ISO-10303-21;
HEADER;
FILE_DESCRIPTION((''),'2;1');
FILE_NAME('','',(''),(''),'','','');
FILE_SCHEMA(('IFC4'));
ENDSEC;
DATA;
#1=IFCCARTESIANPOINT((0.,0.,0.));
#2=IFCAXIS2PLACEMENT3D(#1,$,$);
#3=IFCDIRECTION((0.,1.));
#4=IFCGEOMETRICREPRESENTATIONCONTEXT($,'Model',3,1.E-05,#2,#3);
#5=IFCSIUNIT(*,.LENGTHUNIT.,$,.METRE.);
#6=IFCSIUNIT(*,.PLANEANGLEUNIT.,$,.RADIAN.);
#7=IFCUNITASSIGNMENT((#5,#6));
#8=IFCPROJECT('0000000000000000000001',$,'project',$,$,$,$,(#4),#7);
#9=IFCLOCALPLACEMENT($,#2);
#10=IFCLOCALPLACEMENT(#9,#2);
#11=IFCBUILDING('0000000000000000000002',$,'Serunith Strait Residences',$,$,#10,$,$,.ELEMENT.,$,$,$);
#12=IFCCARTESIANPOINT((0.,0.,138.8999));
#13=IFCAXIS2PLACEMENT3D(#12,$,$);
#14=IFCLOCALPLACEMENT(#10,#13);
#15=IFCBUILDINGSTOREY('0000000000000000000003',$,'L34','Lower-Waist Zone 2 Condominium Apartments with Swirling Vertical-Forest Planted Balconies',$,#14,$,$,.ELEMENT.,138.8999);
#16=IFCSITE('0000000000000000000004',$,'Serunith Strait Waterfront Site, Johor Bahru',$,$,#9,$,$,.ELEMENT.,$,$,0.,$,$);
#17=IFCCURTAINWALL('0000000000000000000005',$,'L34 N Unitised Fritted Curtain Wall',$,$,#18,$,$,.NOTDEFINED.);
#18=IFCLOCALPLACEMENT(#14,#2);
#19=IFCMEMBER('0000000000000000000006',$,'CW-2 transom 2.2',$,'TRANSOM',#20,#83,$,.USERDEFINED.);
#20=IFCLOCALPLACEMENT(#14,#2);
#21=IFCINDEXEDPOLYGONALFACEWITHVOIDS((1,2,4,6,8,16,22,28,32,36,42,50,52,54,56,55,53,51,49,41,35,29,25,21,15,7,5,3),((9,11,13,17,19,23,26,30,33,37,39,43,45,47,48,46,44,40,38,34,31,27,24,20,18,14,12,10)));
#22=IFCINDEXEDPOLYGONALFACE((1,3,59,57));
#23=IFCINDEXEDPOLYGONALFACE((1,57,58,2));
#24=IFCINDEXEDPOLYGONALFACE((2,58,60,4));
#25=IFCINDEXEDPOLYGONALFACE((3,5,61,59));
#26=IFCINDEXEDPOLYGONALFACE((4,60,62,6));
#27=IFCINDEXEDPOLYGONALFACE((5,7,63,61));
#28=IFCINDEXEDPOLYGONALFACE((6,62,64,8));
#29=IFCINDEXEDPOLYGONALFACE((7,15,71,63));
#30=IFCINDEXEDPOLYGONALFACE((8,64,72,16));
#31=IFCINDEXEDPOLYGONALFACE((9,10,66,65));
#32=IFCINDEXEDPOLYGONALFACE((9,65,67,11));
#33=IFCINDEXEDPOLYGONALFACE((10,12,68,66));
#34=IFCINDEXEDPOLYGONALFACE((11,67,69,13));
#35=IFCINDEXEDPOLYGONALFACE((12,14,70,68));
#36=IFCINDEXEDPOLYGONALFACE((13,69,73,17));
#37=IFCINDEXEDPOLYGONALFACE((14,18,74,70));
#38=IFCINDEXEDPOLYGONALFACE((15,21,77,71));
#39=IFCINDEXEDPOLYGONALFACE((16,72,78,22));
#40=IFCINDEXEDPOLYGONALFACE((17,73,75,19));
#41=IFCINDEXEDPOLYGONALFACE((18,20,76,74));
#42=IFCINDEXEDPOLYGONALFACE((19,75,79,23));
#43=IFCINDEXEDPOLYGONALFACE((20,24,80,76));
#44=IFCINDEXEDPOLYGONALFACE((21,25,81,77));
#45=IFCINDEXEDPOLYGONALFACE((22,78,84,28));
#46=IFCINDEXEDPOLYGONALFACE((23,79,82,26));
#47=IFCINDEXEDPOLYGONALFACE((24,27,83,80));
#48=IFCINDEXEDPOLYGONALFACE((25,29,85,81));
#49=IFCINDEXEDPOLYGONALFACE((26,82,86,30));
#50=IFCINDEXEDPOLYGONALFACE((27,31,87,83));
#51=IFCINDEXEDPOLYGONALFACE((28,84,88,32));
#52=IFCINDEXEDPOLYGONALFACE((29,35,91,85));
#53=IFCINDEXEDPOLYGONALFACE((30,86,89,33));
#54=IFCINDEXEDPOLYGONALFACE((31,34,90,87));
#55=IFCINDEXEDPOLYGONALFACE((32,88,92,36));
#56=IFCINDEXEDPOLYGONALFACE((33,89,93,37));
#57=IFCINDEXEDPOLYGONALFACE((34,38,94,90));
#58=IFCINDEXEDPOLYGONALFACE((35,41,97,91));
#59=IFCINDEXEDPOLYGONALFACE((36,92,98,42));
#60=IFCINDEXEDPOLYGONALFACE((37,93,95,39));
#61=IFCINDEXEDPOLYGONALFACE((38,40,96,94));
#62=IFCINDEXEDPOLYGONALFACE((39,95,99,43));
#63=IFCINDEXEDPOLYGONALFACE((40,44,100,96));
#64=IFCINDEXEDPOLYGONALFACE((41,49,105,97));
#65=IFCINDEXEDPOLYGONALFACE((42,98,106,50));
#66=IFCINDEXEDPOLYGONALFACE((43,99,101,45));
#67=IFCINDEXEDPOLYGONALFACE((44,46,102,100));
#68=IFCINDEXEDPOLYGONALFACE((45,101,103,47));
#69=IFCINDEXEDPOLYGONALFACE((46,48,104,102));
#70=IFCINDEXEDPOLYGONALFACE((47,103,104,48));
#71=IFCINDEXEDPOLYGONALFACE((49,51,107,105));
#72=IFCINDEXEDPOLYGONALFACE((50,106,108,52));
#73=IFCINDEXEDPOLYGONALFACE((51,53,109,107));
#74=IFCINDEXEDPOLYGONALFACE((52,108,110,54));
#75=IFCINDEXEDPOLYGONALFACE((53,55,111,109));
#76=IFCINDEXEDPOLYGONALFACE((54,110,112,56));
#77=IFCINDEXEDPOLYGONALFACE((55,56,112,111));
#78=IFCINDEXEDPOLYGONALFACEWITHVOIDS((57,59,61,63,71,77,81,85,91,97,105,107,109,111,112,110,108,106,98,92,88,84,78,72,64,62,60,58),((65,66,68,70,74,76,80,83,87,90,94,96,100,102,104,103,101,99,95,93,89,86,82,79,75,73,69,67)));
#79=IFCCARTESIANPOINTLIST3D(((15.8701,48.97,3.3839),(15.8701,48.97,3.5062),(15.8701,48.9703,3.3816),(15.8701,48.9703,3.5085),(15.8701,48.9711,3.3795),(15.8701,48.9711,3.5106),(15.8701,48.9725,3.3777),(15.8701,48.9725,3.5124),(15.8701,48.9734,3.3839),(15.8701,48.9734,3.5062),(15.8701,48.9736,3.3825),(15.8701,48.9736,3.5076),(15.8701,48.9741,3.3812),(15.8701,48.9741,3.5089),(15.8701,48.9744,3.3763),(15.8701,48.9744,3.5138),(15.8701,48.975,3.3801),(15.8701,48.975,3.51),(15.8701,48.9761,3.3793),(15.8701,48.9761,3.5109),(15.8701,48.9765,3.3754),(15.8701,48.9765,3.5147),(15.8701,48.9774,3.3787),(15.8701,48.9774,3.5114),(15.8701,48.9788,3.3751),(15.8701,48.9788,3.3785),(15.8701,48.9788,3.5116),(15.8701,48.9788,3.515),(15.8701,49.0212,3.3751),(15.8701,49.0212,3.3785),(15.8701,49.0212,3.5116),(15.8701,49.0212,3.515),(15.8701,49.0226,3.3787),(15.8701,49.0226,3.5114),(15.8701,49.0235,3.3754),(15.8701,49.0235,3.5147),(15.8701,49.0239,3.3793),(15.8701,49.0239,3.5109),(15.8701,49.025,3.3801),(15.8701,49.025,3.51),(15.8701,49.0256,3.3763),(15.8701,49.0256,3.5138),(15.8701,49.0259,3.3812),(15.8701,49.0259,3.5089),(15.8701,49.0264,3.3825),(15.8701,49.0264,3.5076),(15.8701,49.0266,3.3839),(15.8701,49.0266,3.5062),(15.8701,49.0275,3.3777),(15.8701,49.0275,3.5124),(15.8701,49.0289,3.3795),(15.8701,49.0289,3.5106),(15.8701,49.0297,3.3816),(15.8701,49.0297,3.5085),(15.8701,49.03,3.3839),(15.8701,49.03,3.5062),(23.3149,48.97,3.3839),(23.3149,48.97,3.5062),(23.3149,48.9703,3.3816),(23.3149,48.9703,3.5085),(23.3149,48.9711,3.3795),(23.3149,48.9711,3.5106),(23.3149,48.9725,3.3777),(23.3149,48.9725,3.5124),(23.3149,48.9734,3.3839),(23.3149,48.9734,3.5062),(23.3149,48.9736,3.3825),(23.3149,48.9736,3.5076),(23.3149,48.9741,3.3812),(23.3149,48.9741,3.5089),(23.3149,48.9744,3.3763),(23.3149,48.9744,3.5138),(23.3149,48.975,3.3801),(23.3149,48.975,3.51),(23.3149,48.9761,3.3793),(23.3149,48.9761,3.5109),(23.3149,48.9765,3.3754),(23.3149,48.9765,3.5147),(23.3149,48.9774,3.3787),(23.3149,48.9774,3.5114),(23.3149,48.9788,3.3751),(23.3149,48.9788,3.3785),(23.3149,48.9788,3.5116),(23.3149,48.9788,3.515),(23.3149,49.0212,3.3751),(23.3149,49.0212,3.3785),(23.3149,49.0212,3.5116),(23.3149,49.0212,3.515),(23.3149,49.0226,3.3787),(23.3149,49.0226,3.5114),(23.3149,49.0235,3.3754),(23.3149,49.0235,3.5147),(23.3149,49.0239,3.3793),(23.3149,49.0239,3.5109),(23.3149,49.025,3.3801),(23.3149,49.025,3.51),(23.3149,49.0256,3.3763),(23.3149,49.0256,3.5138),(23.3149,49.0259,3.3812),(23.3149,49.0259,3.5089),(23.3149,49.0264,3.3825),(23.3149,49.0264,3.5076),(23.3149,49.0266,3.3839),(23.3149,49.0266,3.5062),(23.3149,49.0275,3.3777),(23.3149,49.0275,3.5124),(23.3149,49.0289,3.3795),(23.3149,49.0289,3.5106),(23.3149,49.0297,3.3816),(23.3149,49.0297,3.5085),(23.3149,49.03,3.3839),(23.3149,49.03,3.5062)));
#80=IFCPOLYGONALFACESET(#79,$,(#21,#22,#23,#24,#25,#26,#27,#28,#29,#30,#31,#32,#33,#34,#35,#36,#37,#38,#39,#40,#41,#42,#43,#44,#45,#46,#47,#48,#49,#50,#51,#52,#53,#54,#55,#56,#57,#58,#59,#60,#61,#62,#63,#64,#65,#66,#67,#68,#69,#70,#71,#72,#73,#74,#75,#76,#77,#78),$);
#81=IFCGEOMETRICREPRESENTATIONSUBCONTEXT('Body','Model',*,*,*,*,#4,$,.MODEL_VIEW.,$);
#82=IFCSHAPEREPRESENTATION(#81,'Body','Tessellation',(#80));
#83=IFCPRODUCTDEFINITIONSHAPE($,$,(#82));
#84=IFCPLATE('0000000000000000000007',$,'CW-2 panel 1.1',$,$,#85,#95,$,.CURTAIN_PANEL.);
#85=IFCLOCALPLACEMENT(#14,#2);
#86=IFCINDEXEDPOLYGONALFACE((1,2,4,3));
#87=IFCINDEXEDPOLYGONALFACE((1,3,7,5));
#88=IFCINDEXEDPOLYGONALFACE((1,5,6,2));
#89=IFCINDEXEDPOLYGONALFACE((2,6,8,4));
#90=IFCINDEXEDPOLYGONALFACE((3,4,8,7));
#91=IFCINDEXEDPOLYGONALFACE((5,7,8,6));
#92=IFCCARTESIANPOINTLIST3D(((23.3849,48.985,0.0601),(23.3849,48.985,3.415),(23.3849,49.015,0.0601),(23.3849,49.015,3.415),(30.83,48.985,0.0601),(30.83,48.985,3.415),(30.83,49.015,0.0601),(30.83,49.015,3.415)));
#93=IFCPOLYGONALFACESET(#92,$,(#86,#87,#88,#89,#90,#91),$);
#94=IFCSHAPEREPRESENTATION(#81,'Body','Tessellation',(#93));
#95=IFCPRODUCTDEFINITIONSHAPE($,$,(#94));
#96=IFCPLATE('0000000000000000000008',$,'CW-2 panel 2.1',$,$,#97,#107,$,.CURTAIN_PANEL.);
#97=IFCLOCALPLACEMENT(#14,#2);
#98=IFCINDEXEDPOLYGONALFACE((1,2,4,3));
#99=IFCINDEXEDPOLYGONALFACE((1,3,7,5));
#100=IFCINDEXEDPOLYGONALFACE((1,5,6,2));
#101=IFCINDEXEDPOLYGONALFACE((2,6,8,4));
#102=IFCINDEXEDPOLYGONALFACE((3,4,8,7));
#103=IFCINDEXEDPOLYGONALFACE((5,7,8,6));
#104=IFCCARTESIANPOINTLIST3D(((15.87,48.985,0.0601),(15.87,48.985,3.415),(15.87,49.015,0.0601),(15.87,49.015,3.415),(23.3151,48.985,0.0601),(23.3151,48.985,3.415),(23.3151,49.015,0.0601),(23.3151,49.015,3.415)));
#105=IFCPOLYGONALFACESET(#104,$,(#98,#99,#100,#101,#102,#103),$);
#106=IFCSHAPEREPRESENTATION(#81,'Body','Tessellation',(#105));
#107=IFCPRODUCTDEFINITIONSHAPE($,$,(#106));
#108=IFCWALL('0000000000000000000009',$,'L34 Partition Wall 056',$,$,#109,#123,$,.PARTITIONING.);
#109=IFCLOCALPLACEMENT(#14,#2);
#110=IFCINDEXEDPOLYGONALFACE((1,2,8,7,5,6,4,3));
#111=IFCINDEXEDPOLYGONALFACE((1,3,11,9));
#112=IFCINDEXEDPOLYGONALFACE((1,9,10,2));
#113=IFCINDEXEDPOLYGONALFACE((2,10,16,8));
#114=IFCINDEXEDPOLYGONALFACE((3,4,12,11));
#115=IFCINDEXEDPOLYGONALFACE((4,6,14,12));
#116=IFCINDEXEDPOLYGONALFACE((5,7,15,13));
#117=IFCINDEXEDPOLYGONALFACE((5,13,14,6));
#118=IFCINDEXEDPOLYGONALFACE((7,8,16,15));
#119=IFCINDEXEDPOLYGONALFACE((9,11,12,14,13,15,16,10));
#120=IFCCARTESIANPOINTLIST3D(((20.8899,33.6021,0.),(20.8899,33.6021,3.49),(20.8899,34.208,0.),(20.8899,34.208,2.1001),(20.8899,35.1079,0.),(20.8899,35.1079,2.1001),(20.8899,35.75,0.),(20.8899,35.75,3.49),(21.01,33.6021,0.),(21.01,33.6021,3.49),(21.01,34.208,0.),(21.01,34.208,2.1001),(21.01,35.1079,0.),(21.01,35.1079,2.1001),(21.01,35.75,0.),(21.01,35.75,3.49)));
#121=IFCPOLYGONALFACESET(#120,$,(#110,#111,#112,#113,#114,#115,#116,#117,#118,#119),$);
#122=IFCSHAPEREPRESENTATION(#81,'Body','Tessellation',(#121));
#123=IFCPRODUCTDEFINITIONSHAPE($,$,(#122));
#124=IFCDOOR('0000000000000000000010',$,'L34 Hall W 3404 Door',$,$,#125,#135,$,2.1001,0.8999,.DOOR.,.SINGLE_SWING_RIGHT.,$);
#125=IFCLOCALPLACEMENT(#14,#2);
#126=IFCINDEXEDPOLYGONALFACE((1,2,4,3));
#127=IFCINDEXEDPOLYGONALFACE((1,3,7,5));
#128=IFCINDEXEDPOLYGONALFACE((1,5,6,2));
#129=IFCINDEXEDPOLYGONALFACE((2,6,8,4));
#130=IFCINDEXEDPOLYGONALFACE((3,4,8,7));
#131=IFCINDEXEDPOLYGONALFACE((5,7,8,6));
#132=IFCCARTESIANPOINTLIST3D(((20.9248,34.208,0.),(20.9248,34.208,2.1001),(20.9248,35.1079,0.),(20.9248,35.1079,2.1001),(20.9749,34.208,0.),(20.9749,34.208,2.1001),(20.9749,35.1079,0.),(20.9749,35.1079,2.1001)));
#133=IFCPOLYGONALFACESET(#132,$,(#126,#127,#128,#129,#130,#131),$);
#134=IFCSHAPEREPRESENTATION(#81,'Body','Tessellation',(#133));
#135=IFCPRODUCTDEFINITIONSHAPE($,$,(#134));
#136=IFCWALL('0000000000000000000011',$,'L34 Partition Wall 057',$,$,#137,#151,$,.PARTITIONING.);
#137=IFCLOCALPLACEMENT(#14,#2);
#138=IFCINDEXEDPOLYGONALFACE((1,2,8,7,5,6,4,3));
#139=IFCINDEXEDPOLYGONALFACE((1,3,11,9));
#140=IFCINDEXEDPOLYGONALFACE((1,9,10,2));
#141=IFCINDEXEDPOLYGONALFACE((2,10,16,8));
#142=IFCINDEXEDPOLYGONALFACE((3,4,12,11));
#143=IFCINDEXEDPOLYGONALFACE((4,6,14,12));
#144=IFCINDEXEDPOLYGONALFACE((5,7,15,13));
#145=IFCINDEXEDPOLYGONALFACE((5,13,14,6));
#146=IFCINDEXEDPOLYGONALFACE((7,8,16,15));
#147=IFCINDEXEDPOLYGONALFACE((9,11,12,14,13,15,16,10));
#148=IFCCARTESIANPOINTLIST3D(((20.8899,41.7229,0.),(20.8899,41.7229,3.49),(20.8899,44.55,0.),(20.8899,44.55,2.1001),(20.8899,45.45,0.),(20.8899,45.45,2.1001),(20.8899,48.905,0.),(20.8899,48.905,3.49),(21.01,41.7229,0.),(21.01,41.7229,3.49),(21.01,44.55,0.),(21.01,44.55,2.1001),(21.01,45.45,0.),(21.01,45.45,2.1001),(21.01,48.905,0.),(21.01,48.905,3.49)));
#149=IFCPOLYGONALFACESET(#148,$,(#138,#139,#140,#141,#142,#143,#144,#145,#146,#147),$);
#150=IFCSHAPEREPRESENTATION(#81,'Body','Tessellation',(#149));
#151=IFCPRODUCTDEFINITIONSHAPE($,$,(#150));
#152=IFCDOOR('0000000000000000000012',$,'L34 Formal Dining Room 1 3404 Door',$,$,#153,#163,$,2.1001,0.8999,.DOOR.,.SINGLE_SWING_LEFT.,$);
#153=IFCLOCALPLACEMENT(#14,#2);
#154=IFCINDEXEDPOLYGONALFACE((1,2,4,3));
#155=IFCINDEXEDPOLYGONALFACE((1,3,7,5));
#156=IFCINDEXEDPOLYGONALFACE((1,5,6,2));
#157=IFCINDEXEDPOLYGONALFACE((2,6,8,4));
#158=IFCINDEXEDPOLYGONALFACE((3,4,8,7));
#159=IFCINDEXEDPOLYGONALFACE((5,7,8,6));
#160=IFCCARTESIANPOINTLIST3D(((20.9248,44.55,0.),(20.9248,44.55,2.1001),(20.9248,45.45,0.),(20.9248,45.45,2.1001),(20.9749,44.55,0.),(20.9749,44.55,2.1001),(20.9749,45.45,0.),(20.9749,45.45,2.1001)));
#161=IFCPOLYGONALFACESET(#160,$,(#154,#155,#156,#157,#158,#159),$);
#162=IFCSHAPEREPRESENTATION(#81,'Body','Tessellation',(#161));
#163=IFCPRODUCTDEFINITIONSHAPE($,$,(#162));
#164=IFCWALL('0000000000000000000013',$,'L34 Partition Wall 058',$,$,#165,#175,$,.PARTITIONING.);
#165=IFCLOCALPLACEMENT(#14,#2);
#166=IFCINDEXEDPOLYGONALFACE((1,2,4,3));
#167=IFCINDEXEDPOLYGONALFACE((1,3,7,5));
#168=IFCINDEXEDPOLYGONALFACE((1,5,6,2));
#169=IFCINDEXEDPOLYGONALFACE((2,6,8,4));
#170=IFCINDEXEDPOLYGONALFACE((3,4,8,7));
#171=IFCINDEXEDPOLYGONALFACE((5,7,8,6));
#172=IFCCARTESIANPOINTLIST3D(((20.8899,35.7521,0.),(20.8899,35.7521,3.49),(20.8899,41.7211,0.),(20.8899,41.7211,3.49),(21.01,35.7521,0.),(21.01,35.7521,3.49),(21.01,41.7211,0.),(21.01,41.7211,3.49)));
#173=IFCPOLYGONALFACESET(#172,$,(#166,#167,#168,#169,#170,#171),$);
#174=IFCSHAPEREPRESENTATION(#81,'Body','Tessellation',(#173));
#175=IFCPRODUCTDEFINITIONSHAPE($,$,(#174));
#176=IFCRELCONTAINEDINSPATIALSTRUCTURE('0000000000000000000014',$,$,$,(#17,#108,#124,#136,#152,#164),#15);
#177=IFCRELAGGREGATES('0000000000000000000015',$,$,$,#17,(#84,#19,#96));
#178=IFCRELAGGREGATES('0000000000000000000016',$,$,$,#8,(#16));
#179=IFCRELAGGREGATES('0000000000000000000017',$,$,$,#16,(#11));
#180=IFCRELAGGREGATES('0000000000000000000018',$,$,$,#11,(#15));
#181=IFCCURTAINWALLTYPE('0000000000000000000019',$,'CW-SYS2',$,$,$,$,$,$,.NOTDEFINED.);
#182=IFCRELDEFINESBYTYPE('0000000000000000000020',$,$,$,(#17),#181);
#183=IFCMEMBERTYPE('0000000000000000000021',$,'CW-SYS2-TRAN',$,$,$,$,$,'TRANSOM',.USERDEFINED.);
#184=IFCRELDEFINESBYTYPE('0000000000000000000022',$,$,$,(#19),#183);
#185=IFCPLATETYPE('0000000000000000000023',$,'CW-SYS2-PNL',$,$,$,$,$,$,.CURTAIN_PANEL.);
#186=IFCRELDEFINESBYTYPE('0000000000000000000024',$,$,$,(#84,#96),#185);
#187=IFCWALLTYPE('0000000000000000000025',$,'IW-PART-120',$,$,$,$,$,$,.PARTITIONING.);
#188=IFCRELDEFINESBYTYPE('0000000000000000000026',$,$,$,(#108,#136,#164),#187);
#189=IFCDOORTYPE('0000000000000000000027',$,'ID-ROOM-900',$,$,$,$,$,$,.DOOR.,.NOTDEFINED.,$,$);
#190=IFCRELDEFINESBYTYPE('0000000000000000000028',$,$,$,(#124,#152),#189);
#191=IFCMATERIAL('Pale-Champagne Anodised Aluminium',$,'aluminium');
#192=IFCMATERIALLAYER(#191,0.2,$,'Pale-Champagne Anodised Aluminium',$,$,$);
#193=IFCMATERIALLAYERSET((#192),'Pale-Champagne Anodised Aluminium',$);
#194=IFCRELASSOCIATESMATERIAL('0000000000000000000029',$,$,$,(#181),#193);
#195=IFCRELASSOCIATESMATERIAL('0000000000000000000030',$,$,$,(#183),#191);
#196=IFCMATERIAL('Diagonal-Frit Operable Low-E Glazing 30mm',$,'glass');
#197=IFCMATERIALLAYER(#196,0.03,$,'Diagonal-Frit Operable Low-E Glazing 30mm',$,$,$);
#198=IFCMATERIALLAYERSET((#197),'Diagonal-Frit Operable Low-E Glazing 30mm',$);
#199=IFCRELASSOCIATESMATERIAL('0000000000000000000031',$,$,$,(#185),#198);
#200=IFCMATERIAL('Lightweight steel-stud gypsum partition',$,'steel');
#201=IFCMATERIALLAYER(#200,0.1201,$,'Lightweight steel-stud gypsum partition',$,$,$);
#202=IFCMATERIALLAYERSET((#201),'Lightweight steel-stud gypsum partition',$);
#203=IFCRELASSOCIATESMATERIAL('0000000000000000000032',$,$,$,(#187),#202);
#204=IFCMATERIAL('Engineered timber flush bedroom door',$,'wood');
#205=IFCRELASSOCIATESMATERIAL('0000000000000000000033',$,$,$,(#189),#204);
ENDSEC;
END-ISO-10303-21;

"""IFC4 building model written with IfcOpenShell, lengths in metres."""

from ifc_helpers import new_model, si_unit, direction, frame, frame_2d, origin, origin_2d, place, context, subcontext, project, spatial, rectangle, hollow_rectangle, extrude, source, transform, mapped, material, layer, layer_set, material_profile, profile_set, type_object, element, fill, aggregate, save


model = new_model("IFC4")

# Units and contexts
model_context = context("Model", 3, precision=1e-05, world=origin(), true_north=direction((0.0, 1.0)))
body_context = subcontext(model_context, "Body", "Model", "MODEL_VIEW")
ifc_project = project(units=[si_unit("LENGTHUNIT", "METRE"), si_unit("PLANEANGLEUNIT", "RADIAN")], contexts=[model_context])

# Site, building, storey
site_placement = place(None, origin())
site = spatial("IfcSite", under=ifc_project, at=site_placement, Name="Serunith Strait Waterfront Site, Johor Bahru", CompositionType="ELEMENT", RefElevation=0.0)
building_placement = place(site_placement, origin())
building = spatial("IfcBuilding", under=site, at=building_placement, Name="Serunith Strait Residences", CompositionType="ELEMENT")
storey_placement = place(building_placement, frame((0.0, 0.0, 138.8999)))
storey = spatial("IfcBuildingStorey", under=building, at=storey_placement, Name="L34", Description="Lower-Waist Zone 2 Condominium Apartments with Swirling Vertical-Forest Planted Balconies", CompositionType="ELEMENT", Elevation=138.8999)

# Curtain wall, member, plates
ifc_material_1 = material(Name="Pale-Champagne Anodised Aluminium", Category="aluminium")
ifc_layer_1 = layer(ifc_material_1, 0.2, Name="Pale-Champagne Anodised Aluminium")
ifc_layer_set_1 = layer_set([ifc_layer_1], Name="Pale-Champagne Anodised Aluminium")
curtain_wall_type = type_object("IfcCurtainWallType", Name="CW-SYS2", PredefinedType="NOTDEFINED", material=ifc_layer_set_1)
curtain_wall_placement = place(storey_placement, origin())
curtain_wall = element("IfcCurtainWall", 1, at=curtain_wall_placement, inside=storey, type_object=curtain_wall_type, Name="L34 N Unitised Fritted Curtain Wall", PredefinedType="NOTDEFINED")
ifc_material_profile_1 = material_profile(ifc_material_1, hollow_rectangle(XDim=0.0601, YDim=0.1399, WallThickness=0.0034, InnerFilletRadius=0.0054, OuterFilletRadius=0.0088, at=origin_2d()), Name="ALU 140x60x3.5")
ifc_profile_set_1 = profile_set([ifc_material_profile_1], Name="Pale-Champagne Anodised Aluminium")
member_type_1 = type_object("IfcMemberType", Name="CW-SYS2-TRAN", ElementType="TRANSOM", PredefinedType="USERDEFINED", material=ifc_profile_set_1)
shared_shape_1 = source(origin(), body_context, "Body", "SweptSolid", [
    extrude(hollow_rectangle(XDim=0.0601, YDim=0.1399, WallThickness=0.0034, InnerFilletRadius=0.0054, OuterFilletRadius=0.0088, at=origin_2d()), origin(), (0.0, 0.0, 1.0), 7.4448),
])
member_1_placement = place(storey_placement, frame((23.3149, 49.0, 3.4451), z_axis=(-1.0, 0.0, 0.0), x_axis=(0.0, -1.0, 0.0)))
member_1 = element("IfcMember", 2, at=member_1_placement, type_object=member_type_1, Name="CW-2 transom 2.2", ObjectType="TRANSOM", PredefinedType="USERDEFINED", context=body_context, shape_type="MappedRepresentation", body=[
    mapped(shared_shape_1, transform((0.0, 0.0, 0.0), scale=1.0)),
])
ifc_material_2 = material(Name="Diagonal-Frit Operable Low-E Glazing 30mm", Category="glass")
ifc_layer_2 = layer(ifc_material_2, 0.03, Name="Diagonal-Frit Operable Low-E Glazing 30mm")
ifc_layer_set_2 = layer_set([ifc_layer_2], Name="Diagonal-Frit Operable Low-E Glazing 30mm")
plate_type = type_object("IfcPlateType", Name="CW-SYS2-PNL", PredefinedType="CURTAIN_PANEL", material=ifc_layer_set_2)
shared_shape_2 = source(origin(), body_context, "Body", "SweptSolid", [
    extrude(rectangle(XDim=7.4451, YDim=0.03, at=origin_2d()), origin(), (0.0, 0.0, 1.0), 3.355),
])
plate_1_placement = place(storey_placement, frame((27.1074, 49.0, 0.0601), z_axis=(0.0, 0.0, 1.0), x_axis=(-1.0, 0.0, 0.0)))
plate_1 = element("IfcPlate", 3, at=plate_1_placement, type_object=plate_type, Name="CW-2 panel 1.1", PredefinedType="CURTAIN_PANEL", context=body_context, shape_type="MappedRepresentation", body=[
    mapped(shared_shape_2, transform((0.0, 0.0, 0.0), scale=1.0)),
])
plate_2_placement = place(storey_placement, frame((19.5925, 49.0, 0.0601), z_axis=(0.0, 0.0, 1.0), x_axis=(-1.0, 0.0, 0.0)))
plate_2 = element("IfcPlate", 4, at=plate_2_placement, type_object=plate_type, Name="CW-2 panel 2.1", PredefinedType="CURTAIN_PANEL", context=body_context, shape_type="MappedRepresentation", body=[
    mapped(shared_shape_2, transform((0.0, 0.0, 0.0), scale=1.0)),
])
aggregate(curtain_wall, [plate_1, member_1, plate_2])

# Walls, openings, doors
ifc_material_3 = material(Name="Lightweight steel-stud gypsum partition", Category="steel")
ifc_layer_3 = layer(ifc_material_3, 0.1201, Name="Lightweight steel-stud gypsum partition")
ifc_layer_set_3 = layer_set([ifc_layer_3], Name="Lightweight steel-stud gypsum partition")
wall_type = type_object("IfcWallType", Name="IW-PART-120", PredefinedType="PARTITIONING", material=ifc_layer_set_3)
wall_1_placement = place(storey_placement, frame((20.95, 35.75, 0.0), z_axis=(0.0, 0.0, 1.0), x_axis=(0.0, -1.0, 0.0)))
wall_1 = element("IfcWall", 5, at=wall_1_placement, inside=storey, type_object=wall_type, Name="L34 Partition Wall 056", PredefinedType="PARTITIONING", context=body_context, shape_type="SweptSolid", body=[
    extrude(rectangle(XDim=2.1479, YDim=0.1201, at=frame_2d((1.074, 0.0))), origin(), (0.0, 0.0, 1.0), 3.49),
])
opening_1_placement = place(wall_1_placement, frame((0.6421, 0.0, 0.0)))
opening_1 = element("IfcOpeningElement", 6, at=opening_1_placement, cuts=wall_1, PredefinedType="OPENING", context=body_context, shape_type="SweptSolid", body=[
    extrude(rectangle(XDim=0.8999, YDim=2.1001, at=frame_2d((0.45, 1.05))), frame((0.0, 0.0701, 0.0), z_axis=(0.0, -1.0, 0.0), x_axis=(1.0, 0.0, 0.0)), (0.0, 0.0, 1.0), 0.1401),
])
ifc_material_4 = material(Name="Engineered timber flush bedroom door", Category="wood")
door_type_1 = type_object("IfcDoorType", Name="ID-ROOM-900", OperationType="NOTDEFINED", PredefinedType="DOOR", material=ifc_material_4)
shared_shape_3 = source(origin(), body_context, "Body", "SweptSolid", [
    extrude(rectangle(XDim=0.8999, YDim=2.1001, at=frame_2d((0.45, 1.05))), frame((0.0, 0.0249, 0.0), z_axis=(0.0, -1.0, 0.0), x_axis=(1.0, 0.0, 0.0)), (0.0, 0.0, 1.0), 0.05),
])
door_1_placement = place(opening_1_placement, origin())
door_1 = element("IfcDoor", 7, at=door_1_placement, inside=storey, type_object=door_type_1, Name="L34 Hall W 3404 Door", OperationType="SINGLE_SWING_RIGHT", OverallHeight=2.1001, OverallWidth=0.8999, PredefinedType="DOOR", context=body_context, shape_type="MappedRepresentation", body=[
    mapped(shared_shape_3, transform((0.0, 0.0, 0.0), scale=1.0)),
])
fill(opening_1, door_1)
wall_2_placement = place(storey_placement, frame((20.95, 48.905, 0.0), z_axis=(0.0, 0.0, 1.0), x_axis=(0.0, -1.0, 0.0)))
wall_2 = element("IfcWall", 8, at=wall_2_placement, inside=storey, type_object=wall_type, Name="L34 Partition Wall 057", PredefinedType="PARTITIONING", context=body_context, shape_type="SweptSolid", body=[
    extrude(rectangle(XDim=7.1821, YDim=0.1201, at=frame_2d((3.5911, 0.0))), origin(), (0.0, 0.0, 1.0), 3.49),
])
opening_2_placement = place(wall_2_placement, frame((3.4551, 0.0, 0.0)))
opening_2 = element("IfcOpeningElement", 9, at=opening_2_placement, cuts=wall_2, PredefinedType="OPENING", context=body_context, shape_type="SweptSolid", body=[
    extrude(rectangle(XDim=0.8999, YDim=2.1001, at=frame_2d((0.45, 1.05))), frame((0.0, 0.0701, 0.0), z_axis=(0.0, -1.0, 0.0), x_axis=(1.0, 0.0, 0.0)), (0.0, 0.0, 1.0), 0.1401),
])
door_2_placement = place(opening_2_placement, origin())
door_2 = element("IfcDoor", 10, at=door_2_placement, inside=storey, type_object=door_type_1, Name="L34 Formal Dining Room 1 3404 Door", OperationType="SINGLE_SWING_LEFT", OverallHeight=2.1001, OverallWidth=0.8999, PredefinedType="DOOR", context=body_context, shape_type="MappedRepresentation", body=[
    mapped(shared_shape_3, transform((0.0, 0.0, 0.0), scale=1.0)),
])
fill(opening_2, door_2)

# Wall
wall_3_placement = place(storey_placement, frame((20.95, 41.7209, 0.0), z_axis=(0.0, 0.0, 1.0), x_axis=(0.0, -1.0, 0.0)))
element("IfcWall", 11, at=wall_3_placement, inside=storey, type_object=wall_type, Name="L34 Partition Wall 058", PredefinedType="PARTITIONING", context=body_context, shape_type="SweptSolid", body=[
    extrude(rectangle(XDim=5.969, YDim=0.1201, at=frame_2d((2.9844, 0.0))), origin(), (0.0, 0.0, 1.0), 3.49),
])

save(model, "model.ifc")
